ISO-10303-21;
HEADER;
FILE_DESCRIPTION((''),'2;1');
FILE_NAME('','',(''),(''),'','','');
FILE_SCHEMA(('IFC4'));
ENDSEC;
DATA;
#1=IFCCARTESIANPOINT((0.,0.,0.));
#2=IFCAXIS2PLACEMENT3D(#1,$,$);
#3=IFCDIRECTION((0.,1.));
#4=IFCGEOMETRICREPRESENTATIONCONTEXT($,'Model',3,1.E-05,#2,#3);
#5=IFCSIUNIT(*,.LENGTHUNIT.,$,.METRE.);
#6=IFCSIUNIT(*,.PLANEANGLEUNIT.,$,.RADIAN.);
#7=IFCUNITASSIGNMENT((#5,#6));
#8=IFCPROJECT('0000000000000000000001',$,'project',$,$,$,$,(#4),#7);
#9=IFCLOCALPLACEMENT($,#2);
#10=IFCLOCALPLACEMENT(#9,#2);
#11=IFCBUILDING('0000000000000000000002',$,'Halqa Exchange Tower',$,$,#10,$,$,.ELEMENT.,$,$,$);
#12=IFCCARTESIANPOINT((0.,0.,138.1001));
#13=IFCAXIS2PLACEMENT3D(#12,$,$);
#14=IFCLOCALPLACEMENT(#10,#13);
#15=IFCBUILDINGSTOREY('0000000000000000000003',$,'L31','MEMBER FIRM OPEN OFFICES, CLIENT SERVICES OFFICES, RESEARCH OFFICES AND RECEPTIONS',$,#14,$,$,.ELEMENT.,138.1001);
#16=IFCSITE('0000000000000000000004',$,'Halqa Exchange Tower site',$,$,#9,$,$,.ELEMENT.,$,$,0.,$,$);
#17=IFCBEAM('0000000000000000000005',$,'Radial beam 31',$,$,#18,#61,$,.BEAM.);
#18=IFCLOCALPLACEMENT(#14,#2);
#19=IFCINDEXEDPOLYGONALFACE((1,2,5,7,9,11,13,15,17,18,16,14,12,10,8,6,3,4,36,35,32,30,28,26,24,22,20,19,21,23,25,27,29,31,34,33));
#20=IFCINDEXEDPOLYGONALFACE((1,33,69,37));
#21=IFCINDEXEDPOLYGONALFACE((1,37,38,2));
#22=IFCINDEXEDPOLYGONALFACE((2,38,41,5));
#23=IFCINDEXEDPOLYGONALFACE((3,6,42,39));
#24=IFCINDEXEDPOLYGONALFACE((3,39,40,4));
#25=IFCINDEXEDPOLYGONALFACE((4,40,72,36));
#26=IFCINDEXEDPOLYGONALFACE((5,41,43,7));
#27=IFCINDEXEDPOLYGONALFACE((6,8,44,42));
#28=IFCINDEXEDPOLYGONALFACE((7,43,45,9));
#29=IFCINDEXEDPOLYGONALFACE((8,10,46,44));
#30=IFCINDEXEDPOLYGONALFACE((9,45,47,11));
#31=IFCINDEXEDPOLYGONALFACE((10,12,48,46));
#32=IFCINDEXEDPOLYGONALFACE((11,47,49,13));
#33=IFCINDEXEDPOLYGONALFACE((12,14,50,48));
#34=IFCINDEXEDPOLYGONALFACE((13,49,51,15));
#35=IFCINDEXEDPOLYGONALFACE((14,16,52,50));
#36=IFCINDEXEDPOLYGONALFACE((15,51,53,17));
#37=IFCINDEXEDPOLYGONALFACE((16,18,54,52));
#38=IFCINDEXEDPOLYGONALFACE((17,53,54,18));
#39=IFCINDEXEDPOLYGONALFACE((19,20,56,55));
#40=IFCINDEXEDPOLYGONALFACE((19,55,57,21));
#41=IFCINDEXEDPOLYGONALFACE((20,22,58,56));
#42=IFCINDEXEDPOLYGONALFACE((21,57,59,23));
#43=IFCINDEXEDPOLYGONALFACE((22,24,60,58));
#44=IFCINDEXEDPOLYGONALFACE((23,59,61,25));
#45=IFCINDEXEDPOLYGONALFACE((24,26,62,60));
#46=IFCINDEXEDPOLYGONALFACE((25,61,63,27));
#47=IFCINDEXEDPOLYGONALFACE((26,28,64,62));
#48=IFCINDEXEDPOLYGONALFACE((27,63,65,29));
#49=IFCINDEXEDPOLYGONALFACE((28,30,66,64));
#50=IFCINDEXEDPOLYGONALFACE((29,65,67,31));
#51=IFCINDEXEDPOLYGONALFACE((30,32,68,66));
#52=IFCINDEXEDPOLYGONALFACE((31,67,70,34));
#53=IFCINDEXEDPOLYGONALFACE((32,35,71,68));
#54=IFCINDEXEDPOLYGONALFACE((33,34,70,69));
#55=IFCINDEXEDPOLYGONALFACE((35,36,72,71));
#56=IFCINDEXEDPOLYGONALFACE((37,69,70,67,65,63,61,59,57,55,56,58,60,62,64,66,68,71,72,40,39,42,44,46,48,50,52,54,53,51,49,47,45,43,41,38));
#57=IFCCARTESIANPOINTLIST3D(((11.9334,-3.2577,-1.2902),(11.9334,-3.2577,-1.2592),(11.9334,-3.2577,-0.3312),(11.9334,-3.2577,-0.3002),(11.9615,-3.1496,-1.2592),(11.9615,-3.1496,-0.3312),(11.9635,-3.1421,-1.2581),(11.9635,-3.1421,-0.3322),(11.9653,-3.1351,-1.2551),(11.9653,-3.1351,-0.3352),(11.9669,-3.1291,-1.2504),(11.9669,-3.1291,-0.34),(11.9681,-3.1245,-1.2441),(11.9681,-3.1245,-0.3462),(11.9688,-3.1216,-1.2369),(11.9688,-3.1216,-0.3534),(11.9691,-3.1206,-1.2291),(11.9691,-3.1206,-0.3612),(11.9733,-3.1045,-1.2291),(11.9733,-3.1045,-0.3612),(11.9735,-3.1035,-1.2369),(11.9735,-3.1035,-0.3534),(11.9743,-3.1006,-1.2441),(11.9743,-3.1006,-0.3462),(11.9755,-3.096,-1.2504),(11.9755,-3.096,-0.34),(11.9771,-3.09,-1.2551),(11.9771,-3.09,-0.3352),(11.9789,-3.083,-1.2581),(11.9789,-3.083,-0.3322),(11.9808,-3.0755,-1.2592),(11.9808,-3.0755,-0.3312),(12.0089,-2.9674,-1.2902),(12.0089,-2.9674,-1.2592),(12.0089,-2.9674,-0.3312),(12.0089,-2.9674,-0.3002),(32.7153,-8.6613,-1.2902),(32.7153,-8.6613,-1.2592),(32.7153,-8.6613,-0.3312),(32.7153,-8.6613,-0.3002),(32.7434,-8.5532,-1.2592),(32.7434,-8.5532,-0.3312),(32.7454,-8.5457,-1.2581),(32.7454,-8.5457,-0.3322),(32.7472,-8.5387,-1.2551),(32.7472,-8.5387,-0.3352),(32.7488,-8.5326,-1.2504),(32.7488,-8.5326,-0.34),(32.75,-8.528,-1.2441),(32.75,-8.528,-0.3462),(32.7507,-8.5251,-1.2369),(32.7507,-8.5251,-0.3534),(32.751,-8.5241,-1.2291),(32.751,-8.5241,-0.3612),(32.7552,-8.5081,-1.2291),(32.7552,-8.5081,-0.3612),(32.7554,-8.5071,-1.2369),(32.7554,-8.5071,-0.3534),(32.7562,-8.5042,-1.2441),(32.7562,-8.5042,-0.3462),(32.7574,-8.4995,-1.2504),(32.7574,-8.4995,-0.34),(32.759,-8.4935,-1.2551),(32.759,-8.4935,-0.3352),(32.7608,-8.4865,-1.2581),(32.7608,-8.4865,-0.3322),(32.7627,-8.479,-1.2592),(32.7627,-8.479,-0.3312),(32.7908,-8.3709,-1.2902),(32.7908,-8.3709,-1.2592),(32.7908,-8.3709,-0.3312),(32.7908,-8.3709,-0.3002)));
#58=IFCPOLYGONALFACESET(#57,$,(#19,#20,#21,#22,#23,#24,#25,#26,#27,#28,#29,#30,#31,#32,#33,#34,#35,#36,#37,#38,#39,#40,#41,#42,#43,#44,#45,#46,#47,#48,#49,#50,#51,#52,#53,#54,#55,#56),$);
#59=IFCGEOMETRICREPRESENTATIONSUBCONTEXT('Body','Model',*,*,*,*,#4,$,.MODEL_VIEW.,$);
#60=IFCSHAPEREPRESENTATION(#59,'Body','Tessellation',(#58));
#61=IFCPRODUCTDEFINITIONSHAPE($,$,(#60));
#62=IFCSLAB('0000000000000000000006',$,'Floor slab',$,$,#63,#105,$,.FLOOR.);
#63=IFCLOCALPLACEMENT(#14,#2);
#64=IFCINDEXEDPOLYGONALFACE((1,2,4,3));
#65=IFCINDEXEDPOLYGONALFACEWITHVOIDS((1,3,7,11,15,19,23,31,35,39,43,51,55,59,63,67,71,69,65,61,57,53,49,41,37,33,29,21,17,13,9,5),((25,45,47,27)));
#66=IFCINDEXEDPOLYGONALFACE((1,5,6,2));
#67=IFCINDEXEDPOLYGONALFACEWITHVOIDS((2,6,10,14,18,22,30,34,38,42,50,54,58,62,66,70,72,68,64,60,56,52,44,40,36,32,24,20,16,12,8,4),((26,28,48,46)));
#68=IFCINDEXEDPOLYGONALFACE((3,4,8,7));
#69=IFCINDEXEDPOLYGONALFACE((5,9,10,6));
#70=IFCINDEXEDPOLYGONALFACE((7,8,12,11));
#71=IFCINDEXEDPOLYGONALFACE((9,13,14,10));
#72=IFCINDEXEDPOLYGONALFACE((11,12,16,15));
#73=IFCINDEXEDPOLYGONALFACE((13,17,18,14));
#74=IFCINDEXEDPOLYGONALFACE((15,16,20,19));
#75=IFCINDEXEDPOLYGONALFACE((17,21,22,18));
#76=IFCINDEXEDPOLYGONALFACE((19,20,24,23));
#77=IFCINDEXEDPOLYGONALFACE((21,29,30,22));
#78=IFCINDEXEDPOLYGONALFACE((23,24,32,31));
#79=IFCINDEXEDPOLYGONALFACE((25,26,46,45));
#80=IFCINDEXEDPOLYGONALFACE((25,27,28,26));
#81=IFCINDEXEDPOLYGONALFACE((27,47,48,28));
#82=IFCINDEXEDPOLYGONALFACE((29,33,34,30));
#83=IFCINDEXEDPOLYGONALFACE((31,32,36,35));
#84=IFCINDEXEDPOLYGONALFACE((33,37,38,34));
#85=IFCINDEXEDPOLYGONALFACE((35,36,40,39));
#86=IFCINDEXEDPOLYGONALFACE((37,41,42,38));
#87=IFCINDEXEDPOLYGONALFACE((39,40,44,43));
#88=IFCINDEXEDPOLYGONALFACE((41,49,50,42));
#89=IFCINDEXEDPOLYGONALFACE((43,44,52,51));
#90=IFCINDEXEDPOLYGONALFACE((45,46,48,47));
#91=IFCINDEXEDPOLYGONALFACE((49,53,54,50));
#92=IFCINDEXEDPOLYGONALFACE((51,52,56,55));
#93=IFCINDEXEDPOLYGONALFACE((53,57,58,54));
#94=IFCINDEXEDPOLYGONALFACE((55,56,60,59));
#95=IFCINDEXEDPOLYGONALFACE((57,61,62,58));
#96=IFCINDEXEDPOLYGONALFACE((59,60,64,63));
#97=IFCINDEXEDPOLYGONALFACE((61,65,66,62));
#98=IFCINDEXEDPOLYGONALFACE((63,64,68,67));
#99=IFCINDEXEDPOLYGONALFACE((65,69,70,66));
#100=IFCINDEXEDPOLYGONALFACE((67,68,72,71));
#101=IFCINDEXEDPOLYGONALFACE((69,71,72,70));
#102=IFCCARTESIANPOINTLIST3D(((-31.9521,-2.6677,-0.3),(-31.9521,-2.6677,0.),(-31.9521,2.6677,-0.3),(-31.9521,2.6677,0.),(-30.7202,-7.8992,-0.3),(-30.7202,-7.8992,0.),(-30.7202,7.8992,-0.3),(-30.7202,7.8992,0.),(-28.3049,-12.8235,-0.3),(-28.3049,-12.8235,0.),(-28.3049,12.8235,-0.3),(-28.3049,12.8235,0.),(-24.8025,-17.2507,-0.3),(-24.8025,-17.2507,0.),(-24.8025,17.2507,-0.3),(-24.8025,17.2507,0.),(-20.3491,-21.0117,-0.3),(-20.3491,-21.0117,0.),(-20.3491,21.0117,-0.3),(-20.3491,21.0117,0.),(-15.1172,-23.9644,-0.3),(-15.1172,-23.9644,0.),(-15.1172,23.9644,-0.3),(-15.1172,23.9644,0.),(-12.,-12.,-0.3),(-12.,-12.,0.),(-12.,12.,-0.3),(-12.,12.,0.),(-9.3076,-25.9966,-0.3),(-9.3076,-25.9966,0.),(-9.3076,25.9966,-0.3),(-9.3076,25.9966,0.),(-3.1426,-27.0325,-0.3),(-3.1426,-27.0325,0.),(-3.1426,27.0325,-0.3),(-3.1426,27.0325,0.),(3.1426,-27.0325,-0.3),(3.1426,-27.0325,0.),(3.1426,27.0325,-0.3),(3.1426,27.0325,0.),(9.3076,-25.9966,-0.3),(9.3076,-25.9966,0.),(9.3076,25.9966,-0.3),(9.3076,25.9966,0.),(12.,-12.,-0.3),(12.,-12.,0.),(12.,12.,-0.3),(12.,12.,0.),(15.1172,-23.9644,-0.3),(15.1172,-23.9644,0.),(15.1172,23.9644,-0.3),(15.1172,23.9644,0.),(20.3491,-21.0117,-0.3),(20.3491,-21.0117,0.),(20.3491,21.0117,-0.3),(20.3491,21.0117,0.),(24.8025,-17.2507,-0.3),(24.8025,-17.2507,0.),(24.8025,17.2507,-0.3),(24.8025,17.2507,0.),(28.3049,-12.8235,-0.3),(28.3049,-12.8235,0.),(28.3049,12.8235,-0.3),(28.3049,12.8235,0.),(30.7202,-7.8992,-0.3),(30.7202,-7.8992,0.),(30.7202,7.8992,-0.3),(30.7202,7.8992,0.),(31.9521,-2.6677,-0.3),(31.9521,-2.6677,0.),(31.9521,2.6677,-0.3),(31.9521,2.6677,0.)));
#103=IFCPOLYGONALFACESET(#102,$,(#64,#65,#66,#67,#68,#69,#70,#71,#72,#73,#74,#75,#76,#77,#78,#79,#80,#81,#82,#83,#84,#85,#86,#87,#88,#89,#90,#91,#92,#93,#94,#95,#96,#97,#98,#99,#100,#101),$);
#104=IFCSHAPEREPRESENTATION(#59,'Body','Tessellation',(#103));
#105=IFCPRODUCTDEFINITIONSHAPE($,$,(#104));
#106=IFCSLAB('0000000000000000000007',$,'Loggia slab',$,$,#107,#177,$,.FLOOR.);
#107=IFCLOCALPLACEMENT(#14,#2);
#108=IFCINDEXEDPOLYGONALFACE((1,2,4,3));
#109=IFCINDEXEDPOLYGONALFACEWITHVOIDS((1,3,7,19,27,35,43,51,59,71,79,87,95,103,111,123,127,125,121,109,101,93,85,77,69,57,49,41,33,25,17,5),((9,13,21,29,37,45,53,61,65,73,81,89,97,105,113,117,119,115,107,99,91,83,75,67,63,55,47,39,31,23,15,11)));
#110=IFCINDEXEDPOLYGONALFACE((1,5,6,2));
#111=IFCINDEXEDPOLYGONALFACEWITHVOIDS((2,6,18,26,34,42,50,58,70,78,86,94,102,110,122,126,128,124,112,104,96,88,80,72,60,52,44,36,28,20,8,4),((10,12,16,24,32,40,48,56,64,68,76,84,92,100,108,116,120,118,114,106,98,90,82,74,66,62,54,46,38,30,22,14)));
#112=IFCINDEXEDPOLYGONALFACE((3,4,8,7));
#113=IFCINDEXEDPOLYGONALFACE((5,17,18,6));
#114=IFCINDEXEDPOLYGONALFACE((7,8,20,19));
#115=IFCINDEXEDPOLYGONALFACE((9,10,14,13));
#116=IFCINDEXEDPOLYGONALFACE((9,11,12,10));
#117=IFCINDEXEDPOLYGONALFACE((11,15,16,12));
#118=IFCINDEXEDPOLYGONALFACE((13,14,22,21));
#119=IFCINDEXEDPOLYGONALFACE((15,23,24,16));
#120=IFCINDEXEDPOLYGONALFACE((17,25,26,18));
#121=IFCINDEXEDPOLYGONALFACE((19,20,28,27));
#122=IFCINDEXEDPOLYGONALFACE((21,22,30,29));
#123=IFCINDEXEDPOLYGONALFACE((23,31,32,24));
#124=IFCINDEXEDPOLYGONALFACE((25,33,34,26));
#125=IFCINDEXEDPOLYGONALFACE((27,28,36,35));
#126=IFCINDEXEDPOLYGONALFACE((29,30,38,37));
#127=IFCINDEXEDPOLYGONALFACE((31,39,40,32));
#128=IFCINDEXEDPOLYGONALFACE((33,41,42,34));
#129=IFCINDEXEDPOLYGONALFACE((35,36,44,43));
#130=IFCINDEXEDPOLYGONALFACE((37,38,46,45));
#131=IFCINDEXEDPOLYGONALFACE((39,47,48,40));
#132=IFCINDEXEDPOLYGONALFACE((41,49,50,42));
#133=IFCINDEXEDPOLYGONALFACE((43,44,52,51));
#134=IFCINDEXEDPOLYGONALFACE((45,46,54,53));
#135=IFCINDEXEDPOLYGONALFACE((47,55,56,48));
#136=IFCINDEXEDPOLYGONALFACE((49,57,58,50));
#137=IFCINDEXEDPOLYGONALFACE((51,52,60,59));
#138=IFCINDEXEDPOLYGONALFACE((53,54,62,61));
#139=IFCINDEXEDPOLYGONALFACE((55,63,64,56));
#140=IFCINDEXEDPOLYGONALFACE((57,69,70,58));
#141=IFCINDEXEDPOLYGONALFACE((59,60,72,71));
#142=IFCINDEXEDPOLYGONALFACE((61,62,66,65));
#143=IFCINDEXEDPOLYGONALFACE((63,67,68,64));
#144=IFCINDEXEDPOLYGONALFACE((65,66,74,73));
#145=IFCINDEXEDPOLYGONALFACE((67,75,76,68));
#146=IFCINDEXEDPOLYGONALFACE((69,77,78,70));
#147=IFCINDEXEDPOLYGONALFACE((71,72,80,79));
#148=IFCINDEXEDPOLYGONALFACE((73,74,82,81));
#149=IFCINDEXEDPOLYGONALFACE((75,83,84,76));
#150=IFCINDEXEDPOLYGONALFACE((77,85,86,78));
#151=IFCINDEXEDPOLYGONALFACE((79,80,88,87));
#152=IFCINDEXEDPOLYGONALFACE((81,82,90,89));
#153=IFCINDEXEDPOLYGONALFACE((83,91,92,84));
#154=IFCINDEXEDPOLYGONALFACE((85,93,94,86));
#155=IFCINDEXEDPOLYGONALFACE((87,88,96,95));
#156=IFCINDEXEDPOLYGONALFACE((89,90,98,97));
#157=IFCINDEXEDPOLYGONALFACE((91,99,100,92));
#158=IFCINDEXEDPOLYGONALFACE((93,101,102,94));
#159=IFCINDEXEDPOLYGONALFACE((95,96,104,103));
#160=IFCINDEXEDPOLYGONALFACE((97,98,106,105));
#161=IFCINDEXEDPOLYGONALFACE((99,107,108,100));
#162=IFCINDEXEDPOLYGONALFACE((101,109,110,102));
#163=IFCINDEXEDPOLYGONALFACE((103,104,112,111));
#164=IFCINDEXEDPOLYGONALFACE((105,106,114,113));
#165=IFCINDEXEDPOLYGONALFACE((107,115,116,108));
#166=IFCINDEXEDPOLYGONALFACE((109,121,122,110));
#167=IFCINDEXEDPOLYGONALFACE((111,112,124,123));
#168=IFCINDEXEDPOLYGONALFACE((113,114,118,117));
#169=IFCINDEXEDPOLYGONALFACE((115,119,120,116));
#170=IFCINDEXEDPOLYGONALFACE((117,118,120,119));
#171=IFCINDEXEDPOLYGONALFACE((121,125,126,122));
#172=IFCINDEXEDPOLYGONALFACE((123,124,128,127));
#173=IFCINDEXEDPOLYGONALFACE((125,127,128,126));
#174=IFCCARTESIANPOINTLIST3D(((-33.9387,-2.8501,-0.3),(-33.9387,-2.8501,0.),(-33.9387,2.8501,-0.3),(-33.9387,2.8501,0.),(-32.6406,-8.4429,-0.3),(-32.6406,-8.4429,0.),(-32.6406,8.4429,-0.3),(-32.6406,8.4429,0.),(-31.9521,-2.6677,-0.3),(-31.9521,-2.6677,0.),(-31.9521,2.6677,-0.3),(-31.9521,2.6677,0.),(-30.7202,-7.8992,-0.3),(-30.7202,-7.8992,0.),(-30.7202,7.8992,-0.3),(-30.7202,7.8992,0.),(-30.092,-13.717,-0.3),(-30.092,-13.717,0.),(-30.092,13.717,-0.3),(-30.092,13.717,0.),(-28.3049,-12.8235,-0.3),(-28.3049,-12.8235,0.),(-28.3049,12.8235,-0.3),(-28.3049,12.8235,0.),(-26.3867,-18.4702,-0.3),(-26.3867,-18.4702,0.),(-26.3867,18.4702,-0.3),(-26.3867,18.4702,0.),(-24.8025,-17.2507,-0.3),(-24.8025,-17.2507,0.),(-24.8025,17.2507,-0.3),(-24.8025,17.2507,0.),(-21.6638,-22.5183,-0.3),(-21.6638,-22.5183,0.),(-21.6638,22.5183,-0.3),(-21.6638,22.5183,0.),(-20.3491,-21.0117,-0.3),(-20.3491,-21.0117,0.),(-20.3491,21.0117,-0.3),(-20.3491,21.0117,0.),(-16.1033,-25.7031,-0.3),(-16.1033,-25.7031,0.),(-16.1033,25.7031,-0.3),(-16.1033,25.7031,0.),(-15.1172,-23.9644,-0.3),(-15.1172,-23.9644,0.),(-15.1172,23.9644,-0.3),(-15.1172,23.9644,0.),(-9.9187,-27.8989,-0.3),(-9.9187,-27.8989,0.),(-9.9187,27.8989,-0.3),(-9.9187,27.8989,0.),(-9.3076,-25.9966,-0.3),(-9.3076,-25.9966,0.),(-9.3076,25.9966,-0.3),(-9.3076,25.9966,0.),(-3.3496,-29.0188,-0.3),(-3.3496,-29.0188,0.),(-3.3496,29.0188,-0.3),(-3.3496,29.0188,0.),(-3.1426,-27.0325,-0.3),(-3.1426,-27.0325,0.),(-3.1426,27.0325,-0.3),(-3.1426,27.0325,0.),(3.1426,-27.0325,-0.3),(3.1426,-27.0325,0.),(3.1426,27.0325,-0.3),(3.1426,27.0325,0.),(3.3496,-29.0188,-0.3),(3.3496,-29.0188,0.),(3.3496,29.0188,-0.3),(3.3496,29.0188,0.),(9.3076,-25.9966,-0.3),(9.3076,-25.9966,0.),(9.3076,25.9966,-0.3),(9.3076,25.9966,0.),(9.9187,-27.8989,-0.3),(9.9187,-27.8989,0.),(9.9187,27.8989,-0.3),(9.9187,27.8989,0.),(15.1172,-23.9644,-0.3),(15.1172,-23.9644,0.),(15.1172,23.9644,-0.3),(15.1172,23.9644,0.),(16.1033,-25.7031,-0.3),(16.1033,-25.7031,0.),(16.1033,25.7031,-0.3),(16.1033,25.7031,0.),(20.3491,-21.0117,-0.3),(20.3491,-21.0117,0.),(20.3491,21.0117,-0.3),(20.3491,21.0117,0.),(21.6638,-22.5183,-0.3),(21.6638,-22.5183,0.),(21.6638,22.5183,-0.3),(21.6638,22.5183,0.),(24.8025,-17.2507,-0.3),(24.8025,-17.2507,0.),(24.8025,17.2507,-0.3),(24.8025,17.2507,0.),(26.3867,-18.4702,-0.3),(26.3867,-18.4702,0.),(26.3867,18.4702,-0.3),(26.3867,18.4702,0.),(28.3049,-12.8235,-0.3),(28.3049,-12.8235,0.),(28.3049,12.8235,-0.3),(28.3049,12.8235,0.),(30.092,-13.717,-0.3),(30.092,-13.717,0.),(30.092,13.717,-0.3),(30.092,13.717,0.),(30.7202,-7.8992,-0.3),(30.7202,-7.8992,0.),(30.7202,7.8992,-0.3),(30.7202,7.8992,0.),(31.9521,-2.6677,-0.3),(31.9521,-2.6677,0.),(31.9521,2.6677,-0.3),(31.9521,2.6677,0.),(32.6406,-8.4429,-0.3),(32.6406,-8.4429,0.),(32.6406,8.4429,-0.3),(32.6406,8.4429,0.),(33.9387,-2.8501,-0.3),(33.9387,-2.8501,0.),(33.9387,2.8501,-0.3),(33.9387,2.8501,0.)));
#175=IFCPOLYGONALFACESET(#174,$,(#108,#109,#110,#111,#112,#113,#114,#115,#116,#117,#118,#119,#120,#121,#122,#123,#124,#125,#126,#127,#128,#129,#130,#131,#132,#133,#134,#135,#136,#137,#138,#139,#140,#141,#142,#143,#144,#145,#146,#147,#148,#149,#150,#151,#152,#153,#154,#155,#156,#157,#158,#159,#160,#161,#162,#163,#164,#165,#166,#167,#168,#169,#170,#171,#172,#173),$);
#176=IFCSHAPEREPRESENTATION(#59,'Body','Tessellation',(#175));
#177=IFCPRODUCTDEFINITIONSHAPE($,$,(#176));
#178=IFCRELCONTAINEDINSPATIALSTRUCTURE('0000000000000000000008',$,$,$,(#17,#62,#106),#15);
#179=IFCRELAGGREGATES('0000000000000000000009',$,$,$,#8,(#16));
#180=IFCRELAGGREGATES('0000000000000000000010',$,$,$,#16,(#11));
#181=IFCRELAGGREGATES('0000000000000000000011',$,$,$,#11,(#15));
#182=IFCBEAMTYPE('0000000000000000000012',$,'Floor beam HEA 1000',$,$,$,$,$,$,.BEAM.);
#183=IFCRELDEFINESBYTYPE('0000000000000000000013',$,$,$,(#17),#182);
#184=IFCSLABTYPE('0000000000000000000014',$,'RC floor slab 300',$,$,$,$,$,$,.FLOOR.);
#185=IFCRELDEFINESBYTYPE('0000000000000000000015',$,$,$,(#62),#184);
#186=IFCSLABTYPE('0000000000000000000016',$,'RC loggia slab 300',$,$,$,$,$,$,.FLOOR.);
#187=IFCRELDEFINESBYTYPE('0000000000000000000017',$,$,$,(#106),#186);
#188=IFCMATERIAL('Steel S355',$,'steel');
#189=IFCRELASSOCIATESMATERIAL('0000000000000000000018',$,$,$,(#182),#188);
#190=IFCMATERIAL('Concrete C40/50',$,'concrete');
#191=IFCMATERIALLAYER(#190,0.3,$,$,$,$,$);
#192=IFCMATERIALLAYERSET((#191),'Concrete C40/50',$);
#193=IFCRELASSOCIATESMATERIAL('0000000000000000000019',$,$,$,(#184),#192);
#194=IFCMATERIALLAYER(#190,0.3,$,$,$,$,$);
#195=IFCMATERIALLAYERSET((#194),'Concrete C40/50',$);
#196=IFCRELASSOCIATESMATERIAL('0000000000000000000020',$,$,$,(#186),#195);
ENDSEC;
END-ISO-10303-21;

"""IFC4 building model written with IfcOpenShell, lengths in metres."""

from ifc_helpers import new_model, si_unit, direction, frame, origin, origin_2d, place, context, subcontext, project, spatial, polyline, i_section, outline, extrude, material, layer, layer_set, material_profile, profile_set, type_object, element, save


model = new_model("IFC4")

# Units and contexts
model_context = context("Model", 3, precision=1e-05, world=origin(), true_north=direction((0.0, 1.0)))
body_context = subcontext(model_context, "Body", "Model", "MODEL_VIEW")
ifc_project = project(units=[si_unit("LENGTHUNIT", "METRE"), si_unit("PLANEANGLEUNIT", "RADIAN")], contexts=[model_context])

# Site, building, storey
site_placement = place(None, origin())
site = spatial("IfcSite", under=ifc_project, at=site_placement, Name="Halqa Exchange Tower site", CompositionType="ELEMENT", RefElevation=0.0)
building_placement = place(site_placement, origin())
building = spatial("IfcBuilding", under=site, at=building_placement, Name="Halqa Exchange Tower", CompositionType="ELEMENT")
storey_placement = place(building_placement, frame((0.0, 0.0, 138.1001)))
storey = spatial("IfcBuildingStorey", under=building, at=storey_placement, Name="L31", Description="MEMBER FIRM OPEN OFFICES, CLIENT SERVICES OFFICES, RESEARCH OFFICES AND RECEPTIONS", CompositionType="ELEMENT", Elevation=138.1001)

# Beam
ifc_material_1 = material(Name="Steel S355", Category="steel")
ifc_material_profile = material_profile(ifc_material_1, i_section(OverallWidth=0.3, OverallDepth=0.99, WebThickness=0.0166, FlangeThickness=0.031, FilletRadius=0.03, at=origin_2d()), Name="HEA 1000")
ifc_profile_set = profile_set([ifc_material_profile], Name="Steel S355")
beam_type = type_object("IfcBeamType", Name="Floor beam HEA 1000", PredefinedType="BEAM", material=ifc_profile_set)
beam_placement = place(storey_placement, frame((11.9712, -3.1125, -0.7952), z_axis=(0.96782, -0.251645, 0.0), x_axis=(0.251645, 0.96782, 0.0)))
element("IfcBeam", 1, at=beam_placement, inside=storey, type_object=beam_type, Name="Radial beam 31", PredefinedType="BEAM", context=body_context, shape_type="SweptSolid", body=[
    extrude(i_section(OverallWidth=0.3, OverallDepth=0.99, WebThickness=0.0166, FlangeThickness=0.031, FilletRadius=0.03, at=origin_2d()), origin(), (0.0, 0.0, 1.0), 21.4729),
])

# Slabs
ifc_material_2 = material(Name="Concrete C40/50", Category="concrete")
ifc_layer_1 = layer(ifc_material_2, 0.3)
ifc_layer_set_1 = layer_set([ifc_layer_1], Name="Concrete C40/50")
slab_type_1 = type_object("IfcSlabType", Name="RC floor slab 300", PredefinedType="FLOOR", material=ifc_layer_set_1)
slab_1_placement = place(storey_placement, frame((0.0, 0.0, -0.3)))
element("IfcSlab", 2, at=slab_1_placement, inside=storey, type_object=slab_type_1, Name="Floor slab", PredefinedType="FLOOR", context=body_context, shape_type="SweptSolid", body=[
    extrude(outline(polyline([(31.9521, 2.6677), (30.7202, 7.8992), (28.3049, 12.8235), (24.8025, 17.2507), (20.3491, 21.0117), (15.1172, 23.9644), (9.3076, 25.9966), (3.1426, 27.0325), (-3.1426, 27.0325), (-9.3076, 25.9966), (-15.1172, 23.9644), (-20.3491, 21.0117), (-24.8025, 17.2507), (-28.3049, 12.8235), (-30.7202, 7.8992), (-31.9521, 2.6677), (-31.9521, -2.6677), (-30.7202, -7.8992), (-28.3049, -12.8235), (-24.8025, -17.2507), (-20.3491, -21.0117), (-15.1172, -23.9644), (-9.3076, -25.9966), (-3.1426, -27.0325), (3.1426, -27.0325), (9.3076, -25.9966), (15.1172, -23.9644), (20.3491, -21.0117), (24.8025, -17.2507), (28.3049, -12.8235), (30.7202, -7.8992), (31.9521, -2.6677), (31.9521, 2.6677)]), holes=[polyline([(-12.0, -12.0), (12.0, -12.0), (12.0, 12.0), (-12.0, 12.0), (-12.0, -12.0)])]), origin(), (0.0, 0.0, 1.0), 0.3),
])
ifc_layer_2 = layer(ifc_material_2, 0.3)
ifc_layer_set_2 = layer_set([ifc_layer_2], Name="Concrete C40/50")
slab_type_2 = type_object("IfcSlabType", Name="RC loggia slab 300", PredefinedType="FLOOR", material=ifc_layer_set_2)
slab_2_placement = place(storey_placement, frame((0.0, 0.0, -0.3)))
element("IfcSlab", 3, at=slab_2_placement, inside=storey, type_object=slab_type_2, Name="Loggia slab", PredefinedType="FLOOR", context=body_context, shape_type="SweptSolid", body=[
    extrude(outline(polyline([(33.9387, 2.8501), (33.9387, -2.8501), (32.6406, -8.4429), (30.092, -13.717), (26.3867, -18.4702), (21.6638, -22.5183), (16.1033, -25.7031), (9.9187, -27.8989), (3.3496, -29.0188), (-3.3496, -29.0188), (-9.9187, -27.8989), (-16.1033, -25.7031), (-21.6638, -22.5183), (-26.3867, -18.4702), (-30.092, -13.717), (-32.6406, -8.4429), (-33.9387, -2.8501), (-33.9387, 2.8501), (-32.6406, 8.4429), (-30.092, 13.717), (-26.3867, 18.4702), (-21.6638, 22.5183), (-16.1033, 25.7031), (-9.9187, 27.8989), (-3.3496, 29.0188), (3.3496, 29.0188), (9.9187, 27.8989), (16.1033, 25.7031), (21.6638, 22.5183), (26.3867, 18.4702), (30.092, 13.717), (32.6406, 8.4429), (33.9387, 2.8501)]), holes=[polyline([(31.9521, 2.6677), (30.7202, 7.8992), (28.3049, 12.8235), (24.8025, 17.2507), (20.3491, 21.0117), (15.1172, 23.9644), (9.3076, 25.9966), (3.1426, 27.0325), (-3.1426, 27.0325), (-9.3076, 25.9966), (-15.1172, 23.9644), (-20.3491, 21.0117), (-24.8025, 17.2507), (-28.3049, 12.8235), (-30.7202, 7.8992), (-31.9521, 2.6677), (-31.9521, -2.6677), (-30.7202, -7.8992), (-28.3049, -12.8235), (-24.8025, -17.2507), (-20.3491, -21.0117), (-15.1172, -23.9644), (-9.3076, -25.9966), (-3.1426, -27.0325), (3.1426, -27.0325), (9.3076, -25.9966), (15.1172, -23.9644), (20.3491, -21.0117), (24.8025, -17.2507), (28.3049, -12.8235), (30.7202, -7.8992), (31.9521, -2.6677), (31.9521, 2.6677)])]), origin(), (0.0, 0.0, 1.0), 0.3),
])

save(model, "model.ifc")
